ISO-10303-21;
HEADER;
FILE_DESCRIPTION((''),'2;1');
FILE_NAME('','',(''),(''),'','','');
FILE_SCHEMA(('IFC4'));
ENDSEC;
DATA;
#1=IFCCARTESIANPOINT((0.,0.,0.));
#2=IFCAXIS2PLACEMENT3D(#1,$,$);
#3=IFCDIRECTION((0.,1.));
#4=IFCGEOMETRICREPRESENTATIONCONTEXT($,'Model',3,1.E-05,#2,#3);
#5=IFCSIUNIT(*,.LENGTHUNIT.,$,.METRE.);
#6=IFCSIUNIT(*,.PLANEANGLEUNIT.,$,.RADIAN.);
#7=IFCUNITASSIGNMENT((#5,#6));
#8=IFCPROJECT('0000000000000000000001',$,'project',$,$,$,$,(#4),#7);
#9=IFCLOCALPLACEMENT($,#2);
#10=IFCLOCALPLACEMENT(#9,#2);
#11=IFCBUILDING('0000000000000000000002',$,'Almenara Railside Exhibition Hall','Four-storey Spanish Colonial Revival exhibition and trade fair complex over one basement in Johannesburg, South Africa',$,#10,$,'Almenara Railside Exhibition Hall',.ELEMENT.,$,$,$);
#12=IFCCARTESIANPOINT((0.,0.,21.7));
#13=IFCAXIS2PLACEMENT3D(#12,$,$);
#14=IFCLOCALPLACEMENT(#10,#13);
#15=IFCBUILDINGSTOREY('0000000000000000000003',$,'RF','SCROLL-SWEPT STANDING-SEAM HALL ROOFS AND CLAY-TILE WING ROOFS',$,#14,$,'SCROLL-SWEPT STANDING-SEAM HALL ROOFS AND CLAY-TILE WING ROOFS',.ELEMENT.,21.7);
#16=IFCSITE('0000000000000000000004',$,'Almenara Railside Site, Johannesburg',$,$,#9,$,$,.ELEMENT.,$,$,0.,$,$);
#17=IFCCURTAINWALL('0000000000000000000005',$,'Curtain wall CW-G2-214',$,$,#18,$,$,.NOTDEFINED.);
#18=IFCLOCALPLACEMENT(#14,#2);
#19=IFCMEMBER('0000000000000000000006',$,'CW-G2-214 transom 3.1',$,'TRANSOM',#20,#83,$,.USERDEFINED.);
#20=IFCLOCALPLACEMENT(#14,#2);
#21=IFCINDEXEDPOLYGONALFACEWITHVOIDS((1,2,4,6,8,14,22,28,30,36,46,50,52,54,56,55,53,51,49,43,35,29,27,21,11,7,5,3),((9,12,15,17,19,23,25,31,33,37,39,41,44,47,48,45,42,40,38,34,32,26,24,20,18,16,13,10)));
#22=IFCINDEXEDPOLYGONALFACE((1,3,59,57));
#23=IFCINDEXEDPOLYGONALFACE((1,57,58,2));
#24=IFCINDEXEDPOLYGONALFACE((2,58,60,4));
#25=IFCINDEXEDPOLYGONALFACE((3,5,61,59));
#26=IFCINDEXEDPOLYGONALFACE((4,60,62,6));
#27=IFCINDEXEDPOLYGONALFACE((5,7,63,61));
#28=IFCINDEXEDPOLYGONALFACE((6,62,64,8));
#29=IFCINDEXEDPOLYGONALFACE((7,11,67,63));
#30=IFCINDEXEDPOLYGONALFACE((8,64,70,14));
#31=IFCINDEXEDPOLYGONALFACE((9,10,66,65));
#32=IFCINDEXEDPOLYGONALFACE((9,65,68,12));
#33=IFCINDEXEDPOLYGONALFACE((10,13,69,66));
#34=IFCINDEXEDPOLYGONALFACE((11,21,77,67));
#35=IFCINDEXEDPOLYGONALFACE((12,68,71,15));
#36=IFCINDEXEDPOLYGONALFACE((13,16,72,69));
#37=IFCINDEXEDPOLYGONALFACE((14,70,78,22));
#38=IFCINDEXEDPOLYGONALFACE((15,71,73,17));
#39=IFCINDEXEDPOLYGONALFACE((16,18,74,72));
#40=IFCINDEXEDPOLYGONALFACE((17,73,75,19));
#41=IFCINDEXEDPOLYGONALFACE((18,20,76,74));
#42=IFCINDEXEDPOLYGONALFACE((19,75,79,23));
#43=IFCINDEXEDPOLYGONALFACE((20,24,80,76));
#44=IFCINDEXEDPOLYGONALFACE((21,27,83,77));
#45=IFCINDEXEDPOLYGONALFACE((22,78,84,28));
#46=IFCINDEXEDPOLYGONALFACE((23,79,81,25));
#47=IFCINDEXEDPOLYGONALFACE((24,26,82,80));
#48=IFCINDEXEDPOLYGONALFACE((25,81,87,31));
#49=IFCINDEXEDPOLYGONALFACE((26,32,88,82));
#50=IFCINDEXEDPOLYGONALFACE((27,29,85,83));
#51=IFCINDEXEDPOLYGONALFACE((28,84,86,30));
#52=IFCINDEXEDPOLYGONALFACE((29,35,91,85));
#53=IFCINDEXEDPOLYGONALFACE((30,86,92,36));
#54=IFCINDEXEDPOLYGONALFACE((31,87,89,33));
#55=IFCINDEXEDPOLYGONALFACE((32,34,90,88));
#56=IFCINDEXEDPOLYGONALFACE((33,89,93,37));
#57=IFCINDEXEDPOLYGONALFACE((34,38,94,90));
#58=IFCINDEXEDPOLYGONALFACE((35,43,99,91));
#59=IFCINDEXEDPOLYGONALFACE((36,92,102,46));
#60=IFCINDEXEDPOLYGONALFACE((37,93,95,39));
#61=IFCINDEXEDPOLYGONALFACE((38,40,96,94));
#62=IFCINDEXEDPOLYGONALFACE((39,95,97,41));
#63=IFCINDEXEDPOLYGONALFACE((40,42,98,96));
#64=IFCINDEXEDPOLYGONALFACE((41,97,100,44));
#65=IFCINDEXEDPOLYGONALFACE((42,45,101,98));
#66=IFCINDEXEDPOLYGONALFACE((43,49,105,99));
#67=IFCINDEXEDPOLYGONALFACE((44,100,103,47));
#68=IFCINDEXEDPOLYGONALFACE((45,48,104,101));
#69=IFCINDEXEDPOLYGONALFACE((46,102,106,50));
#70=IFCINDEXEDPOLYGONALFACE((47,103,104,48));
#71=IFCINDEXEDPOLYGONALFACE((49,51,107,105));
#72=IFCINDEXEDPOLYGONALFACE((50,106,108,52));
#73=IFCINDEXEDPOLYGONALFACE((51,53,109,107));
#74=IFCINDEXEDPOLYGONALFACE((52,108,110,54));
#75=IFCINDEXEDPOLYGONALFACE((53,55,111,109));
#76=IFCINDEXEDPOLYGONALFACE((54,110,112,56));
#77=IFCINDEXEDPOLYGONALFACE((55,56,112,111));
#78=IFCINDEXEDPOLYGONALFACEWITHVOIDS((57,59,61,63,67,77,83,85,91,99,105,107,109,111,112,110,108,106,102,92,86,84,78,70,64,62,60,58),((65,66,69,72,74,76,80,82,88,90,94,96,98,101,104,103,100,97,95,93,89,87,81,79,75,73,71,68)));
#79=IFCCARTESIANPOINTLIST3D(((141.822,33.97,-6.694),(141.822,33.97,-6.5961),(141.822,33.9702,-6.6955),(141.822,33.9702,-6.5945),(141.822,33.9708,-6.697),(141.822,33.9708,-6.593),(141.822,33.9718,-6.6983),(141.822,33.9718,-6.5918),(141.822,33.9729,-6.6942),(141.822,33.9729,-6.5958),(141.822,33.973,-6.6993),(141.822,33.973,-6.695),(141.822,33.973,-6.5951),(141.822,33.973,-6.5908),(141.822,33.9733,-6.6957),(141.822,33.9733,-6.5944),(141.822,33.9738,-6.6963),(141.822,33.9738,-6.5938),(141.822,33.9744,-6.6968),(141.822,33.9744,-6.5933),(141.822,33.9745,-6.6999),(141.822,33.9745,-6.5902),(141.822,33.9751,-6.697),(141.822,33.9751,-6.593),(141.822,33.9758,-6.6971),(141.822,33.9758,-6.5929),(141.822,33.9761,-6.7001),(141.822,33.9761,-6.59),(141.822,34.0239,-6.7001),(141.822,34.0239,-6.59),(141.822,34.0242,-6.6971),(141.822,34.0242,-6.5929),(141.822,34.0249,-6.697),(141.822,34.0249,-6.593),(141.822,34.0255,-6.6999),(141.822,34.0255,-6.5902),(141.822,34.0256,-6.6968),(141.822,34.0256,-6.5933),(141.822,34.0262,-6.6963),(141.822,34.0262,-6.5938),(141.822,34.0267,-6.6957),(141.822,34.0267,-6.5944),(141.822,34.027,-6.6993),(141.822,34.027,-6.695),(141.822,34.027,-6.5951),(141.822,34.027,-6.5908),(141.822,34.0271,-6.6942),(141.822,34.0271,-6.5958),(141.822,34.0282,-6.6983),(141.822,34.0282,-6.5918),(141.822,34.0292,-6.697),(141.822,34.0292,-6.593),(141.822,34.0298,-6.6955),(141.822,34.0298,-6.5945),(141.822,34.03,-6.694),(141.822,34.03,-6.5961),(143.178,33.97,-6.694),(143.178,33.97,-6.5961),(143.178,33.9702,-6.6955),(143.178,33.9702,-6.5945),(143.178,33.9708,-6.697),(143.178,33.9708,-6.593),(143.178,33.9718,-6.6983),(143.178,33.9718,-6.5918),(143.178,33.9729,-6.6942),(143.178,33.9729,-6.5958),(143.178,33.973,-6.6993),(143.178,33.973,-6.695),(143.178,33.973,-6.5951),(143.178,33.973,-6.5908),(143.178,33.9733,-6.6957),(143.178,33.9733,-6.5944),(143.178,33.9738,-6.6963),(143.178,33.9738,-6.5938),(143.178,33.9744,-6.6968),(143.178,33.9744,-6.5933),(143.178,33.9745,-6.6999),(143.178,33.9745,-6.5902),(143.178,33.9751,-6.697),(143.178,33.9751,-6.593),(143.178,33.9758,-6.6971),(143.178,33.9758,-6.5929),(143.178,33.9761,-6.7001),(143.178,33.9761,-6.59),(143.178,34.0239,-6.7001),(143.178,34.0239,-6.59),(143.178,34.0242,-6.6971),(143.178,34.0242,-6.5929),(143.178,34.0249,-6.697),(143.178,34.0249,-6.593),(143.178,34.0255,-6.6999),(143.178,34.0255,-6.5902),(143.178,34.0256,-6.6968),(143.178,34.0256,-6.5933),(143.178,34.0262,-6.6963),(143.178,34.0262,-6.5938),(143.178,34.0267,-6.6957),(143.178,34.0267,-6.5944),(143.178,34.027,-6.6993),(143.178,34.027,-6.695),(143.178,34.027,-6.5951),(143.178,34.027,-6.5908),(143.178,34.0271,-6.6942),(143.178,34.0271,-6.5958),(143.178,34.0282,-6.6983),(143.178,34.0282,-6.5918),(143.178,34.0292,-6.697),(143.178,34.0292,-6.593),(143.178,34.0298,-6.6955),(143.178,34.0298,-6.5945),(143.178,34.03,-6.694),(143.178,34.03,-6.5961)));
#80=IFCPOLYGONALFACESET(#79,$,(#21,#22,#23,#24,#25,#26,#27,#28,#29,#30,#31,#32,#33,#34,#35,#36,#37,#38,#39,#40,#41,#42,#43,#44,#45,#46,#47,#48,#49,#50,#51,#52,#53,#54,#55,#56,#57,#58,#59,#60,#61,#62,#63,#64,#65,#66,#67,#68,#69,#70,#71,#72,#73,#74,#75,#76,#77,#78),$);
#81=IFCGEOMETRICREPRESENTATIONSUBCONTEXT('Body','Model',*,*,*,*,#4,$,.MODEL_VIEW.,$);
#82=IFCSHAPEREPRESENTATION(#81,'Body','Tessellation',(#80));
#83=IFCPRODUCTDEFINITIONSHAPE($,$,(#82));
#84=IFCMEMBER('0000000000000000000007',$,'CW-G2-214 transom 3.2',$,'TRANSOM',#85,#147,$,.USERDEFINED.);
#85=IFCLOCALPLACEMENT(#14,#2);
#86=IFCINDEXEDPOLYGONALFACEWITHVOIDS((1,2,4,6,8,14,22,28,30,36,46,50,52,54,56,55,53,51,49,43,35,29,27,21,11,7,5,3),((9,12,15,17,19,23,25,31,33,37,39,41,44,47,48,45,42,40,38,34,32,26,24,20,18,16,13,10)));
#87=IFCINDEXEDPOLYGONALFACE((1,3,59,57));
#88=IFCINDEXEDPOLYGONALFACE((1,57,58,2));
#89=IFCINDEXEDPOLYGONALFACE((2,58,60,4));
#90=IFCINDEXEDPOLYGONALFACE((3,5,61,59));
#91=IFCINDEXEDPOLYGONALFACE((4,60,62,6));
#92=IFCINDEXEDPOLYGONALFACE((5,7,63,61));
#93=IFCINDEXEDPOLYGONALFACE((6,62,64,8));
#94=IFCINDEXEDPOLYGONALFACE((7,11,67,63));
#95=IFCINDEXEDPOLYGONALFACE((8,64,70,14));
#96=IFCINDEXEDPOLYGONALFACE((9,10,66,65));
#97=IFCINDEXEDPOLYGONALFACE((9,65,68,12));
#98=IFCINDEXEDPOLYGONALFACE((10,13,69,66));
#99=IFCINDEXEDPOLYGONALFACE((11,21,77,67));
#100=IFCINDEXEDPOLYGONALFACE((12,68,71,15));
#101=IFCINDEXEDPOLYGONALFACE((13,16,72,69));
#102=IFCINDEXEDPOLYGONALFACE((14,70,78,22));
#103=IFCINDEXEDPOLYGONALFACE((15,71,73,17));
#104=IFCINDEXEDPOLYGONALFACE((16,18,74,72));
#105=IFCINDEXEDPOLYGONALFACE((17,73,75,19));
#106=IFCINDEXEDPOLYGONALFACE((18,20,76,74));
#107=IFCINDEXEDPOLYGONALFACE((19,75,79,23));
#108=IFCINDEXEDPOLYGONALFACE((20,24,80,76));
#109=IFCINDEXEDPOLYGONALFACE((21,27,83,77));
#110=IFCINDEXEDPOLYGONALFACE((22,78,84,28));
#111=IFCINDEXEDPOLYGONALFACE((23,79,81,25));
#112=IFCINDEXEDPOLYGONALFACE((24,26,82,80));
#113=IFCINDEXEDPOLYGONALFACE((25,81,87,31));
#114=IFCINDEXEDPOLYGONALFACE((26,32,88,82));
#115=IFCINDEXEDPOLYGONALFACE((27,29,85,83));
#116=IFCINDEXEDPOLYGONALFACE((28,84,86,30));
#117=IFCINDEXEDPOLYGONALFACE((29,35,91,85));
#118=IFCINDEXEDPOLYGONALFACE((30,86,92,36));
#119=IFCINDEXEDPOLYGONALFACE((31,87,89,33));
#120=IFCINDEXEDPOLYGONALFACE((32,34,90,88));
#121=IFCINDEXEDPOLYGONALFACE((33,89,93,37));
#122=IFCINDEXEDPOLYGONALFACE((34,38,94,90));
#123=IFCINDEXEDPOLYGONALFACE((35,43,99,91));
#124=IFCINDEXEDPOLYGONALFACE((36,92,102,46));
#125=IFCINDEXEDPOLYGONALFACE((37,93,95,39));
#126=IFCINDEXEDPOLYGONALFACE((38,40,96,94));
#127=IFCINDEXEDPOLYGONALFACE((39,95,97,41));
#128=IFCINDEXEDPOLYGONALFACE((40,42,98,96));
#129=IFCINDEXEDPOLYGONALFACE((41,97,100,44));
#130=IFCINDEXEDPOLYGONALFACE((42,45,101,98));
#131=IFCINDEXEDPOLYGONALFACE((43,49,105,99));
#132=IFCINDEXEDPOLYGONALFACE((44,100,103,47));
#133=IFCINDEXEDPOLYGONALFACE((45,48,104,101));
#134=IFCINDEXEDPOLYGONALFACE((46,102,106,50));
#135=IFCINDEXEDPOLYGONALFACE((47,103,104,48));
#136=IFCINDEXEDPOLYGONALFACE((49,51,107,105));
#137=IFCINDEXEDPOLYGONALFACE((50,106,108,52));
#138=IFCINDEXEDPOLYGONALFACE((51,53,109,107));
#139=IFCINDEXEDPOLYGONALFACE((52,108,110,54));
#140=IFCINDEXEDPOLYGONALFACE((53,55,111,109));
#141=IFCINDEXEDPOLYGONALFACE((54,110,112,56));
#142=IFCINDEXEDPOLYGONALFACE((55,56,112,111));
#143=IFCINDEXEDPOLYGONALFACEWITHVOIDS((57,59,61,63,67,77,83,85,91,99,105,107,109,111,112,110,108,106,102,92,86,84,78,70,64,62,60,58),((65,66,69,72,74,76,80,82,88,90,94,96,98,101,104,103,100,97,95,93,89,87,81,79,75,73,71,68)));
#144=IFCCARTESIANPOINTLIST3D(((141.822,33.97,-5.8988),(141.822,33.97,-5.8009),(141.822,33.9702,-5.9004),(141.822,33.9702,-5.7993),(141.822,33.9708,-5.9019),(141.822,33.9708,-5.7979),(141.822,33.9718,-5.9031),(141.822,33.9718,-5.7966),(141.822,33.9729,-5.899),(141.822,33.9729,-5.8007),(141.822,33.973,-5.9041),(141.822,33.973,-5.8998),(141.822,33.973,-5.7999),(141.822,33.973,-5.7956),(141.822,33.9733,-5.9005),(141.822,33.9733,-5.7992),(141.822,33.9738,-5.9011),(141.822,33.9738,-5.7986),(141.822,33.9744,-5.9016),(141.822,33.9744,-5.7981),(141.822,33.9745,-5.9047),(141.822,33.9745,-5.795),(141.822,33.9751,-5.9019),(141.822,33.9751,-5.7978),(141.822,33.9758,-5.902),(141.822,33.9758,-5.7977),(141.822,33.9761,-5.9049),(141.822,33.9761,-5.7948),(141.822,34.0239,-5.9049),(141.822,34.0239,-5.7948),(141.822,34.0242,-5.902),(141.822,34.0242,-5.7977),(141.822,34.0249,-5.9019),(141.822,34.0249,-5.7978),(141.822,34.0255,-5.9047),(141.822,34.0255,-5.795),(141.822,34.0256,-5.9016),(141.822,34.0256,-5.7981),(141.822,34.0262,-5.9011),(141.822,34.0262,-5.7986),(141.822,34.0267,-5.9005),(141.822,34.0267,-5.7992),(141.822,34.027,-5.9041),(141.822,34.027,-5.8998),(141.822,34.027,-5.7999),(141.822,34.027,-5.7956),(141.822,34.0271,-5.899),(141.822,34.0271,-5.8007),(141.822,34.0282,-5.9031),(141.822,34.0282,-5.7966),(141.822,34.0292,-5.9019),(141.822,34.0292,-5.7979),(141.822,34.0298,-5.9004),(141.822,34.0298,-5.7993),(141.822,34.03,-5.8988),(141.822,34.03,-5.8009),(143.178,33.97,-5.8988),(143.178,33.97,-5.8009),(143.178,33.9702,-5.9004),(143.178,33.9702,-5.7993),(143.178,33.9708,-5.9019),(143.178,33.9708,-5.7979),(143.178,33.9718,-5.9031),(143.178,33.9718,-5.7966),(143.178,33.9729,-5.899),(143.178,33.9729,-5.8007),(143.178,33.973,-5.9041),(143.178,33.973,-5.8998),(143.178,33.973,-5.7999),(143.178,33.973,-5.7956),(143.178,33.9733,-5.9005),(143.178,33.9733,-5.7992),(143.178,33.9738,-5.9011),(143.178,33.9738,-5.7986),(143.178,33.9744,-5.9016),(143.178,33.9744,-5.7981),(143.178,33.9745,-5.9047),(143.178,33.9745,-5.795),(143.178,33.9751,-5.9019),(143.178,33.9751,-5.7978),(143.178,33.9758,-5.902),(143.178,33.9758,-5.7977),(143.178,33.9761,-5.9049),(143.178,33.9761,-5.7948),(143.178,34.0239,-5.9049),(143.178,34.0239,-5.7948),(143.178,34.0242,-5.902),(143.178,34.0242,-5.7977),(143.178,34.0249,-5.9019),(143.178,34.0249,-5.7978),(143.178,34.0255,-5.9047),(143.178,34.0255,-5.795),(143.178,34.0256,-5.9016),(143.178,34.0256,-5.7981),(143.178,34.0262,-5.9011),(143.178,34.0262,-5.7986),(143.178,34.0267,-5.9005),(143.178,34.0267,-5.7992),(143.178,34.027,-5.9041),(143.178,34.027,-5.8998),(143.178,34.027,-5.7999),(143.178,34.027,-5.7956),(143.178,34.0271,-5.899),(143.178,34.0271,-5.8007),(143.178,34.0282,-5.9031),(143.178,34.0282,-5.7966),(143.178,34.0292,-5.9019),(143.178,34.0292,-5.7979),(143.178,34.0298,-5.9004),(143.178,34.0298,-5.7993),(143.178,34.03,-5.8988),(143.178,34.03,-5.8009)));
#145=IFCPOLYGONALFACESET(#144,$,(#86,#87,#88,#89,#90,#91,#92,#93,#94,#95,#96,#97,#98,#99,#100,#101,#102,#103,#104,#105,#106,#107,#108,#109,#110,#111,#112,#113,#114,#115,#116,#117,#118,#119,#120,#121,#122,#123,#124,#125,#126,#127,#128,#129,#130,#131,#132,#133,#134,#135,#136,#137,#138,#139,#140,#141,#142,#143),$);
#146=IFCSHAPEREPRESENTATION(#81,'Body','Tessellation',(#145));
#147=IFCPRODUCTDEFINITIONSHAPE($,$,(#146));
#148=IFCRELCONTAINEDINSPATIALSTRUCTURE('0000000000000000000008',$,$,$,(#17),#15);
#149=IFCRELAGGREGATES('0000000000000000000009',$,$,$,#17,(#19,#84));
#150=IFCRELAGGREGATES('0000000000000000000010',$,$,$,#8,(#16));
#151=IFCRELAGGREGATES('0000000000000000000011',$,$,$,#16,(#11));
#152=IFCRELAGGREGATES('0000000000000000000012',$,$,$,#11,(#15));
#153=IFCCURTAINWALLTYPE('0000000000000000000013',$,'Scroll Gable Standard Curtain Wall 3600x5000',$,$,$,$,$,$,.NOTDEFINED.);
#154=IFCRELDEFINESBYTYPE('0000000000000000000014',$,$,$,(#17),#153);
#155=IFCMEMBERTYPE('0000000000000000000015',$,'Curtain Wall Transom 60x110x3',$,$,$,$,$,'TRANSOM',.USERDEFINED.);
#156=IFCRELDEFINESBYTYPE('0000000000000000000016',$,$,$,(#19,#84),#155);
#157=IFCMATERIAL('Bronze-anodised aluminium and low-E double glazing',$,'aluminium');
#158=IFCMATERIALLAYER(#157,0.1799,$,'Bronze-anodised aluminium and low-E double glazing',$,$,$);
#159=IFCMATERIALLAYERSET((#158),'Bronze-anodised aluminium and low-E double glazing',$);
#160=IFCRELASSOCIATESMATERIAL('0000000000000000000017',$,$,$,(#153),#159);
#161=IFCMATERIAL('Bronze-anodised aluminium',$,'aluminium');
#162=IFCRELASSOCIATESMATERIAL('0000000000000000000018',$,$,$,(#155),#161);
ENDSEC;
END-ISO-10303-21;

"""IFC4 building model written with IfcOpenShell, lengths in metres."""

from ifc_helpers import new_model, si_unit, direction, frame, origin, origin_2d, place, context, subcontext, project, spatial, hollow_rectangle, extrude, material, layer, layer_set, material_profile, profile_set, type_object, element, aggregate, save


model = new_model("IFC4")

# Units and contexts
model_context = context("Model", 3, precision=1e-05, world=origin(), true_north=direction((0.0, 1.0)))
body_context = subcontext(model_context, "Body", "Model", "MODEL_VIEW")
ifc_project = project(units=[si_unit("LENGTHUNIT", "METRE"), si_unit("PLANEANGLEUNIT", "RADIAN")], contexts=[model_context])

# Site, building, storey
site_placement = place(None, origin())
site = spatial("IfcSite", under=ifc_project, at=site_placement, Name="Almenara Railside Site, Johannesburg", CompositionType="ELEMENT", RefElevation=0.0)
building_placement = place(site_placement, origin())
building = spatial("IfcBuilding", under=site, at=building_placement, Name="Almenara Railside Exhibition Hall", Description="Four-storey Spanish Colonial Revival exhibition and trade fair complex over one basement in Johannesburg, South Africa", LongName="Almenara Railside Exhibition Hall", CompositionType="ELEMENT")
storey_placement = place(building_placement, frame((0.0, 0.0, 21.7)))
storey = spatial("IfcBuildingStorey", under=building, at=storey_placement, Name="RF", Description="SCROLL-SWEPT STANDING-SEAM HALL ROOFS AND CLAY-TILE WING ROOFS", LongName="SCROLL-SWEPT STANDING-SEAM HALL ROOFS AND CLAY-TILE WING ROOFS", CompositionType="ELEMENT", Elevation=21.7)

# Curtain wall, members
ifc_material_1 = material(Name="Bronze-anodised aluminium and low-E double glazing", Category="aluminium")
ifc_layer_1 = layer(ifc_material_1, 0.1799, Name="Bronze-anodised aluminium and low-E double glazing")
ifc_layer_set_1 = layer_set([ifc_layer_1], Name="Bronze-anodised aluminium and low-E double glazing")
curtain_wall_type = type_object("IfcCurtainWallType", Name="Scroll Gable Standard Curtain Wall 3600x5000", PredefinedType="NOTDEFINED", material=ifc_layer_set_1)
curtain_wall_placement = place(storey_placement, origin())
curtain_wall = element("IfcCurtainWall", 1, at=curtain_wall_placement, inside=storey, type_object=curtain_wall_type, Name="Curtain wall CW-G2-214", PredefinedType="NOTDEFINED")
ifc_material_2 = material(Name="Bronze-anodised aluminium", Category="aluminium")
ifc_material_profile_1 = material_profile(ifc_material_2, hollow_rectangle(XDim=0.0601, YDim=0.1101, WallThickness=0.0029, InnerFilletRadius=0.0029, OuterFilletRadius=0.0061, at=origin_2d()), Name="ALU-TRN 60x110x3")
ifc_profile_set_1 = profile_set([ifc_material_profile_1], Name="Bronze-anodised aluminium")
member_type_1 = type_object("IfcMemberType", Name="Curtain Wall Transom 60x110x3", ElementType="TRANSOM", PredefinedType="USERDEFINED", material=ifc_profile_set_1)
member_1_placement = place(storey_placement, frame((141.822, 34.0, -6.645), z_axis=(1.0, 0.0, 0.0), x_axis=(0.0, 1.0, 0.0)))
member_1 = element("IfcMember", 2, at=member_1_placement, type_object=member_type_1, Name="CW-G2-214 transom 3.1", ObjectType="TRANSOM", PredefinedType="USERDEFINED", context=body_context, shape_type="SweptSolid", body=[
    extrude(hollow_rectangle(XDim=0.0601, YDim=0.1101, WallThickness=0.0029, InnerFilletRadius=0.0029, OuterFilletRadius=0.0061, at=origin_2d()), origin(), (0.0, 0.0, 1.0), 1.356),
])
member_2_placement = place(storey_placement, frame((141.822, 34.0, -5.8499), z_axis=(1.0, 0.0, 0.0), x_axis=(0.0, 1.0, 0.0)))
member_2 = element("IfcMember", 3, at=member_2_placement, type_object=member_type_1, Name="CW-G2-214 transom 3.2", ObjectType="TRANSOM", PredefinedType="USERDEFINED", context=body_context, shape_type="SweptSolid", body=[
    extrude(hollow_rectangle(XDim=0.0601, YDim=0.1101, WallThickness=0.0029, InnerFilletRadius=0.0029, OuterFilletRadius=0.0061, at=origin_2d()), origin(), (0.0, 0.0, 1.0), 1.356),
])

aggregate(curtain_wall, [member_1, member_2])

save(model, "model.ifc")
